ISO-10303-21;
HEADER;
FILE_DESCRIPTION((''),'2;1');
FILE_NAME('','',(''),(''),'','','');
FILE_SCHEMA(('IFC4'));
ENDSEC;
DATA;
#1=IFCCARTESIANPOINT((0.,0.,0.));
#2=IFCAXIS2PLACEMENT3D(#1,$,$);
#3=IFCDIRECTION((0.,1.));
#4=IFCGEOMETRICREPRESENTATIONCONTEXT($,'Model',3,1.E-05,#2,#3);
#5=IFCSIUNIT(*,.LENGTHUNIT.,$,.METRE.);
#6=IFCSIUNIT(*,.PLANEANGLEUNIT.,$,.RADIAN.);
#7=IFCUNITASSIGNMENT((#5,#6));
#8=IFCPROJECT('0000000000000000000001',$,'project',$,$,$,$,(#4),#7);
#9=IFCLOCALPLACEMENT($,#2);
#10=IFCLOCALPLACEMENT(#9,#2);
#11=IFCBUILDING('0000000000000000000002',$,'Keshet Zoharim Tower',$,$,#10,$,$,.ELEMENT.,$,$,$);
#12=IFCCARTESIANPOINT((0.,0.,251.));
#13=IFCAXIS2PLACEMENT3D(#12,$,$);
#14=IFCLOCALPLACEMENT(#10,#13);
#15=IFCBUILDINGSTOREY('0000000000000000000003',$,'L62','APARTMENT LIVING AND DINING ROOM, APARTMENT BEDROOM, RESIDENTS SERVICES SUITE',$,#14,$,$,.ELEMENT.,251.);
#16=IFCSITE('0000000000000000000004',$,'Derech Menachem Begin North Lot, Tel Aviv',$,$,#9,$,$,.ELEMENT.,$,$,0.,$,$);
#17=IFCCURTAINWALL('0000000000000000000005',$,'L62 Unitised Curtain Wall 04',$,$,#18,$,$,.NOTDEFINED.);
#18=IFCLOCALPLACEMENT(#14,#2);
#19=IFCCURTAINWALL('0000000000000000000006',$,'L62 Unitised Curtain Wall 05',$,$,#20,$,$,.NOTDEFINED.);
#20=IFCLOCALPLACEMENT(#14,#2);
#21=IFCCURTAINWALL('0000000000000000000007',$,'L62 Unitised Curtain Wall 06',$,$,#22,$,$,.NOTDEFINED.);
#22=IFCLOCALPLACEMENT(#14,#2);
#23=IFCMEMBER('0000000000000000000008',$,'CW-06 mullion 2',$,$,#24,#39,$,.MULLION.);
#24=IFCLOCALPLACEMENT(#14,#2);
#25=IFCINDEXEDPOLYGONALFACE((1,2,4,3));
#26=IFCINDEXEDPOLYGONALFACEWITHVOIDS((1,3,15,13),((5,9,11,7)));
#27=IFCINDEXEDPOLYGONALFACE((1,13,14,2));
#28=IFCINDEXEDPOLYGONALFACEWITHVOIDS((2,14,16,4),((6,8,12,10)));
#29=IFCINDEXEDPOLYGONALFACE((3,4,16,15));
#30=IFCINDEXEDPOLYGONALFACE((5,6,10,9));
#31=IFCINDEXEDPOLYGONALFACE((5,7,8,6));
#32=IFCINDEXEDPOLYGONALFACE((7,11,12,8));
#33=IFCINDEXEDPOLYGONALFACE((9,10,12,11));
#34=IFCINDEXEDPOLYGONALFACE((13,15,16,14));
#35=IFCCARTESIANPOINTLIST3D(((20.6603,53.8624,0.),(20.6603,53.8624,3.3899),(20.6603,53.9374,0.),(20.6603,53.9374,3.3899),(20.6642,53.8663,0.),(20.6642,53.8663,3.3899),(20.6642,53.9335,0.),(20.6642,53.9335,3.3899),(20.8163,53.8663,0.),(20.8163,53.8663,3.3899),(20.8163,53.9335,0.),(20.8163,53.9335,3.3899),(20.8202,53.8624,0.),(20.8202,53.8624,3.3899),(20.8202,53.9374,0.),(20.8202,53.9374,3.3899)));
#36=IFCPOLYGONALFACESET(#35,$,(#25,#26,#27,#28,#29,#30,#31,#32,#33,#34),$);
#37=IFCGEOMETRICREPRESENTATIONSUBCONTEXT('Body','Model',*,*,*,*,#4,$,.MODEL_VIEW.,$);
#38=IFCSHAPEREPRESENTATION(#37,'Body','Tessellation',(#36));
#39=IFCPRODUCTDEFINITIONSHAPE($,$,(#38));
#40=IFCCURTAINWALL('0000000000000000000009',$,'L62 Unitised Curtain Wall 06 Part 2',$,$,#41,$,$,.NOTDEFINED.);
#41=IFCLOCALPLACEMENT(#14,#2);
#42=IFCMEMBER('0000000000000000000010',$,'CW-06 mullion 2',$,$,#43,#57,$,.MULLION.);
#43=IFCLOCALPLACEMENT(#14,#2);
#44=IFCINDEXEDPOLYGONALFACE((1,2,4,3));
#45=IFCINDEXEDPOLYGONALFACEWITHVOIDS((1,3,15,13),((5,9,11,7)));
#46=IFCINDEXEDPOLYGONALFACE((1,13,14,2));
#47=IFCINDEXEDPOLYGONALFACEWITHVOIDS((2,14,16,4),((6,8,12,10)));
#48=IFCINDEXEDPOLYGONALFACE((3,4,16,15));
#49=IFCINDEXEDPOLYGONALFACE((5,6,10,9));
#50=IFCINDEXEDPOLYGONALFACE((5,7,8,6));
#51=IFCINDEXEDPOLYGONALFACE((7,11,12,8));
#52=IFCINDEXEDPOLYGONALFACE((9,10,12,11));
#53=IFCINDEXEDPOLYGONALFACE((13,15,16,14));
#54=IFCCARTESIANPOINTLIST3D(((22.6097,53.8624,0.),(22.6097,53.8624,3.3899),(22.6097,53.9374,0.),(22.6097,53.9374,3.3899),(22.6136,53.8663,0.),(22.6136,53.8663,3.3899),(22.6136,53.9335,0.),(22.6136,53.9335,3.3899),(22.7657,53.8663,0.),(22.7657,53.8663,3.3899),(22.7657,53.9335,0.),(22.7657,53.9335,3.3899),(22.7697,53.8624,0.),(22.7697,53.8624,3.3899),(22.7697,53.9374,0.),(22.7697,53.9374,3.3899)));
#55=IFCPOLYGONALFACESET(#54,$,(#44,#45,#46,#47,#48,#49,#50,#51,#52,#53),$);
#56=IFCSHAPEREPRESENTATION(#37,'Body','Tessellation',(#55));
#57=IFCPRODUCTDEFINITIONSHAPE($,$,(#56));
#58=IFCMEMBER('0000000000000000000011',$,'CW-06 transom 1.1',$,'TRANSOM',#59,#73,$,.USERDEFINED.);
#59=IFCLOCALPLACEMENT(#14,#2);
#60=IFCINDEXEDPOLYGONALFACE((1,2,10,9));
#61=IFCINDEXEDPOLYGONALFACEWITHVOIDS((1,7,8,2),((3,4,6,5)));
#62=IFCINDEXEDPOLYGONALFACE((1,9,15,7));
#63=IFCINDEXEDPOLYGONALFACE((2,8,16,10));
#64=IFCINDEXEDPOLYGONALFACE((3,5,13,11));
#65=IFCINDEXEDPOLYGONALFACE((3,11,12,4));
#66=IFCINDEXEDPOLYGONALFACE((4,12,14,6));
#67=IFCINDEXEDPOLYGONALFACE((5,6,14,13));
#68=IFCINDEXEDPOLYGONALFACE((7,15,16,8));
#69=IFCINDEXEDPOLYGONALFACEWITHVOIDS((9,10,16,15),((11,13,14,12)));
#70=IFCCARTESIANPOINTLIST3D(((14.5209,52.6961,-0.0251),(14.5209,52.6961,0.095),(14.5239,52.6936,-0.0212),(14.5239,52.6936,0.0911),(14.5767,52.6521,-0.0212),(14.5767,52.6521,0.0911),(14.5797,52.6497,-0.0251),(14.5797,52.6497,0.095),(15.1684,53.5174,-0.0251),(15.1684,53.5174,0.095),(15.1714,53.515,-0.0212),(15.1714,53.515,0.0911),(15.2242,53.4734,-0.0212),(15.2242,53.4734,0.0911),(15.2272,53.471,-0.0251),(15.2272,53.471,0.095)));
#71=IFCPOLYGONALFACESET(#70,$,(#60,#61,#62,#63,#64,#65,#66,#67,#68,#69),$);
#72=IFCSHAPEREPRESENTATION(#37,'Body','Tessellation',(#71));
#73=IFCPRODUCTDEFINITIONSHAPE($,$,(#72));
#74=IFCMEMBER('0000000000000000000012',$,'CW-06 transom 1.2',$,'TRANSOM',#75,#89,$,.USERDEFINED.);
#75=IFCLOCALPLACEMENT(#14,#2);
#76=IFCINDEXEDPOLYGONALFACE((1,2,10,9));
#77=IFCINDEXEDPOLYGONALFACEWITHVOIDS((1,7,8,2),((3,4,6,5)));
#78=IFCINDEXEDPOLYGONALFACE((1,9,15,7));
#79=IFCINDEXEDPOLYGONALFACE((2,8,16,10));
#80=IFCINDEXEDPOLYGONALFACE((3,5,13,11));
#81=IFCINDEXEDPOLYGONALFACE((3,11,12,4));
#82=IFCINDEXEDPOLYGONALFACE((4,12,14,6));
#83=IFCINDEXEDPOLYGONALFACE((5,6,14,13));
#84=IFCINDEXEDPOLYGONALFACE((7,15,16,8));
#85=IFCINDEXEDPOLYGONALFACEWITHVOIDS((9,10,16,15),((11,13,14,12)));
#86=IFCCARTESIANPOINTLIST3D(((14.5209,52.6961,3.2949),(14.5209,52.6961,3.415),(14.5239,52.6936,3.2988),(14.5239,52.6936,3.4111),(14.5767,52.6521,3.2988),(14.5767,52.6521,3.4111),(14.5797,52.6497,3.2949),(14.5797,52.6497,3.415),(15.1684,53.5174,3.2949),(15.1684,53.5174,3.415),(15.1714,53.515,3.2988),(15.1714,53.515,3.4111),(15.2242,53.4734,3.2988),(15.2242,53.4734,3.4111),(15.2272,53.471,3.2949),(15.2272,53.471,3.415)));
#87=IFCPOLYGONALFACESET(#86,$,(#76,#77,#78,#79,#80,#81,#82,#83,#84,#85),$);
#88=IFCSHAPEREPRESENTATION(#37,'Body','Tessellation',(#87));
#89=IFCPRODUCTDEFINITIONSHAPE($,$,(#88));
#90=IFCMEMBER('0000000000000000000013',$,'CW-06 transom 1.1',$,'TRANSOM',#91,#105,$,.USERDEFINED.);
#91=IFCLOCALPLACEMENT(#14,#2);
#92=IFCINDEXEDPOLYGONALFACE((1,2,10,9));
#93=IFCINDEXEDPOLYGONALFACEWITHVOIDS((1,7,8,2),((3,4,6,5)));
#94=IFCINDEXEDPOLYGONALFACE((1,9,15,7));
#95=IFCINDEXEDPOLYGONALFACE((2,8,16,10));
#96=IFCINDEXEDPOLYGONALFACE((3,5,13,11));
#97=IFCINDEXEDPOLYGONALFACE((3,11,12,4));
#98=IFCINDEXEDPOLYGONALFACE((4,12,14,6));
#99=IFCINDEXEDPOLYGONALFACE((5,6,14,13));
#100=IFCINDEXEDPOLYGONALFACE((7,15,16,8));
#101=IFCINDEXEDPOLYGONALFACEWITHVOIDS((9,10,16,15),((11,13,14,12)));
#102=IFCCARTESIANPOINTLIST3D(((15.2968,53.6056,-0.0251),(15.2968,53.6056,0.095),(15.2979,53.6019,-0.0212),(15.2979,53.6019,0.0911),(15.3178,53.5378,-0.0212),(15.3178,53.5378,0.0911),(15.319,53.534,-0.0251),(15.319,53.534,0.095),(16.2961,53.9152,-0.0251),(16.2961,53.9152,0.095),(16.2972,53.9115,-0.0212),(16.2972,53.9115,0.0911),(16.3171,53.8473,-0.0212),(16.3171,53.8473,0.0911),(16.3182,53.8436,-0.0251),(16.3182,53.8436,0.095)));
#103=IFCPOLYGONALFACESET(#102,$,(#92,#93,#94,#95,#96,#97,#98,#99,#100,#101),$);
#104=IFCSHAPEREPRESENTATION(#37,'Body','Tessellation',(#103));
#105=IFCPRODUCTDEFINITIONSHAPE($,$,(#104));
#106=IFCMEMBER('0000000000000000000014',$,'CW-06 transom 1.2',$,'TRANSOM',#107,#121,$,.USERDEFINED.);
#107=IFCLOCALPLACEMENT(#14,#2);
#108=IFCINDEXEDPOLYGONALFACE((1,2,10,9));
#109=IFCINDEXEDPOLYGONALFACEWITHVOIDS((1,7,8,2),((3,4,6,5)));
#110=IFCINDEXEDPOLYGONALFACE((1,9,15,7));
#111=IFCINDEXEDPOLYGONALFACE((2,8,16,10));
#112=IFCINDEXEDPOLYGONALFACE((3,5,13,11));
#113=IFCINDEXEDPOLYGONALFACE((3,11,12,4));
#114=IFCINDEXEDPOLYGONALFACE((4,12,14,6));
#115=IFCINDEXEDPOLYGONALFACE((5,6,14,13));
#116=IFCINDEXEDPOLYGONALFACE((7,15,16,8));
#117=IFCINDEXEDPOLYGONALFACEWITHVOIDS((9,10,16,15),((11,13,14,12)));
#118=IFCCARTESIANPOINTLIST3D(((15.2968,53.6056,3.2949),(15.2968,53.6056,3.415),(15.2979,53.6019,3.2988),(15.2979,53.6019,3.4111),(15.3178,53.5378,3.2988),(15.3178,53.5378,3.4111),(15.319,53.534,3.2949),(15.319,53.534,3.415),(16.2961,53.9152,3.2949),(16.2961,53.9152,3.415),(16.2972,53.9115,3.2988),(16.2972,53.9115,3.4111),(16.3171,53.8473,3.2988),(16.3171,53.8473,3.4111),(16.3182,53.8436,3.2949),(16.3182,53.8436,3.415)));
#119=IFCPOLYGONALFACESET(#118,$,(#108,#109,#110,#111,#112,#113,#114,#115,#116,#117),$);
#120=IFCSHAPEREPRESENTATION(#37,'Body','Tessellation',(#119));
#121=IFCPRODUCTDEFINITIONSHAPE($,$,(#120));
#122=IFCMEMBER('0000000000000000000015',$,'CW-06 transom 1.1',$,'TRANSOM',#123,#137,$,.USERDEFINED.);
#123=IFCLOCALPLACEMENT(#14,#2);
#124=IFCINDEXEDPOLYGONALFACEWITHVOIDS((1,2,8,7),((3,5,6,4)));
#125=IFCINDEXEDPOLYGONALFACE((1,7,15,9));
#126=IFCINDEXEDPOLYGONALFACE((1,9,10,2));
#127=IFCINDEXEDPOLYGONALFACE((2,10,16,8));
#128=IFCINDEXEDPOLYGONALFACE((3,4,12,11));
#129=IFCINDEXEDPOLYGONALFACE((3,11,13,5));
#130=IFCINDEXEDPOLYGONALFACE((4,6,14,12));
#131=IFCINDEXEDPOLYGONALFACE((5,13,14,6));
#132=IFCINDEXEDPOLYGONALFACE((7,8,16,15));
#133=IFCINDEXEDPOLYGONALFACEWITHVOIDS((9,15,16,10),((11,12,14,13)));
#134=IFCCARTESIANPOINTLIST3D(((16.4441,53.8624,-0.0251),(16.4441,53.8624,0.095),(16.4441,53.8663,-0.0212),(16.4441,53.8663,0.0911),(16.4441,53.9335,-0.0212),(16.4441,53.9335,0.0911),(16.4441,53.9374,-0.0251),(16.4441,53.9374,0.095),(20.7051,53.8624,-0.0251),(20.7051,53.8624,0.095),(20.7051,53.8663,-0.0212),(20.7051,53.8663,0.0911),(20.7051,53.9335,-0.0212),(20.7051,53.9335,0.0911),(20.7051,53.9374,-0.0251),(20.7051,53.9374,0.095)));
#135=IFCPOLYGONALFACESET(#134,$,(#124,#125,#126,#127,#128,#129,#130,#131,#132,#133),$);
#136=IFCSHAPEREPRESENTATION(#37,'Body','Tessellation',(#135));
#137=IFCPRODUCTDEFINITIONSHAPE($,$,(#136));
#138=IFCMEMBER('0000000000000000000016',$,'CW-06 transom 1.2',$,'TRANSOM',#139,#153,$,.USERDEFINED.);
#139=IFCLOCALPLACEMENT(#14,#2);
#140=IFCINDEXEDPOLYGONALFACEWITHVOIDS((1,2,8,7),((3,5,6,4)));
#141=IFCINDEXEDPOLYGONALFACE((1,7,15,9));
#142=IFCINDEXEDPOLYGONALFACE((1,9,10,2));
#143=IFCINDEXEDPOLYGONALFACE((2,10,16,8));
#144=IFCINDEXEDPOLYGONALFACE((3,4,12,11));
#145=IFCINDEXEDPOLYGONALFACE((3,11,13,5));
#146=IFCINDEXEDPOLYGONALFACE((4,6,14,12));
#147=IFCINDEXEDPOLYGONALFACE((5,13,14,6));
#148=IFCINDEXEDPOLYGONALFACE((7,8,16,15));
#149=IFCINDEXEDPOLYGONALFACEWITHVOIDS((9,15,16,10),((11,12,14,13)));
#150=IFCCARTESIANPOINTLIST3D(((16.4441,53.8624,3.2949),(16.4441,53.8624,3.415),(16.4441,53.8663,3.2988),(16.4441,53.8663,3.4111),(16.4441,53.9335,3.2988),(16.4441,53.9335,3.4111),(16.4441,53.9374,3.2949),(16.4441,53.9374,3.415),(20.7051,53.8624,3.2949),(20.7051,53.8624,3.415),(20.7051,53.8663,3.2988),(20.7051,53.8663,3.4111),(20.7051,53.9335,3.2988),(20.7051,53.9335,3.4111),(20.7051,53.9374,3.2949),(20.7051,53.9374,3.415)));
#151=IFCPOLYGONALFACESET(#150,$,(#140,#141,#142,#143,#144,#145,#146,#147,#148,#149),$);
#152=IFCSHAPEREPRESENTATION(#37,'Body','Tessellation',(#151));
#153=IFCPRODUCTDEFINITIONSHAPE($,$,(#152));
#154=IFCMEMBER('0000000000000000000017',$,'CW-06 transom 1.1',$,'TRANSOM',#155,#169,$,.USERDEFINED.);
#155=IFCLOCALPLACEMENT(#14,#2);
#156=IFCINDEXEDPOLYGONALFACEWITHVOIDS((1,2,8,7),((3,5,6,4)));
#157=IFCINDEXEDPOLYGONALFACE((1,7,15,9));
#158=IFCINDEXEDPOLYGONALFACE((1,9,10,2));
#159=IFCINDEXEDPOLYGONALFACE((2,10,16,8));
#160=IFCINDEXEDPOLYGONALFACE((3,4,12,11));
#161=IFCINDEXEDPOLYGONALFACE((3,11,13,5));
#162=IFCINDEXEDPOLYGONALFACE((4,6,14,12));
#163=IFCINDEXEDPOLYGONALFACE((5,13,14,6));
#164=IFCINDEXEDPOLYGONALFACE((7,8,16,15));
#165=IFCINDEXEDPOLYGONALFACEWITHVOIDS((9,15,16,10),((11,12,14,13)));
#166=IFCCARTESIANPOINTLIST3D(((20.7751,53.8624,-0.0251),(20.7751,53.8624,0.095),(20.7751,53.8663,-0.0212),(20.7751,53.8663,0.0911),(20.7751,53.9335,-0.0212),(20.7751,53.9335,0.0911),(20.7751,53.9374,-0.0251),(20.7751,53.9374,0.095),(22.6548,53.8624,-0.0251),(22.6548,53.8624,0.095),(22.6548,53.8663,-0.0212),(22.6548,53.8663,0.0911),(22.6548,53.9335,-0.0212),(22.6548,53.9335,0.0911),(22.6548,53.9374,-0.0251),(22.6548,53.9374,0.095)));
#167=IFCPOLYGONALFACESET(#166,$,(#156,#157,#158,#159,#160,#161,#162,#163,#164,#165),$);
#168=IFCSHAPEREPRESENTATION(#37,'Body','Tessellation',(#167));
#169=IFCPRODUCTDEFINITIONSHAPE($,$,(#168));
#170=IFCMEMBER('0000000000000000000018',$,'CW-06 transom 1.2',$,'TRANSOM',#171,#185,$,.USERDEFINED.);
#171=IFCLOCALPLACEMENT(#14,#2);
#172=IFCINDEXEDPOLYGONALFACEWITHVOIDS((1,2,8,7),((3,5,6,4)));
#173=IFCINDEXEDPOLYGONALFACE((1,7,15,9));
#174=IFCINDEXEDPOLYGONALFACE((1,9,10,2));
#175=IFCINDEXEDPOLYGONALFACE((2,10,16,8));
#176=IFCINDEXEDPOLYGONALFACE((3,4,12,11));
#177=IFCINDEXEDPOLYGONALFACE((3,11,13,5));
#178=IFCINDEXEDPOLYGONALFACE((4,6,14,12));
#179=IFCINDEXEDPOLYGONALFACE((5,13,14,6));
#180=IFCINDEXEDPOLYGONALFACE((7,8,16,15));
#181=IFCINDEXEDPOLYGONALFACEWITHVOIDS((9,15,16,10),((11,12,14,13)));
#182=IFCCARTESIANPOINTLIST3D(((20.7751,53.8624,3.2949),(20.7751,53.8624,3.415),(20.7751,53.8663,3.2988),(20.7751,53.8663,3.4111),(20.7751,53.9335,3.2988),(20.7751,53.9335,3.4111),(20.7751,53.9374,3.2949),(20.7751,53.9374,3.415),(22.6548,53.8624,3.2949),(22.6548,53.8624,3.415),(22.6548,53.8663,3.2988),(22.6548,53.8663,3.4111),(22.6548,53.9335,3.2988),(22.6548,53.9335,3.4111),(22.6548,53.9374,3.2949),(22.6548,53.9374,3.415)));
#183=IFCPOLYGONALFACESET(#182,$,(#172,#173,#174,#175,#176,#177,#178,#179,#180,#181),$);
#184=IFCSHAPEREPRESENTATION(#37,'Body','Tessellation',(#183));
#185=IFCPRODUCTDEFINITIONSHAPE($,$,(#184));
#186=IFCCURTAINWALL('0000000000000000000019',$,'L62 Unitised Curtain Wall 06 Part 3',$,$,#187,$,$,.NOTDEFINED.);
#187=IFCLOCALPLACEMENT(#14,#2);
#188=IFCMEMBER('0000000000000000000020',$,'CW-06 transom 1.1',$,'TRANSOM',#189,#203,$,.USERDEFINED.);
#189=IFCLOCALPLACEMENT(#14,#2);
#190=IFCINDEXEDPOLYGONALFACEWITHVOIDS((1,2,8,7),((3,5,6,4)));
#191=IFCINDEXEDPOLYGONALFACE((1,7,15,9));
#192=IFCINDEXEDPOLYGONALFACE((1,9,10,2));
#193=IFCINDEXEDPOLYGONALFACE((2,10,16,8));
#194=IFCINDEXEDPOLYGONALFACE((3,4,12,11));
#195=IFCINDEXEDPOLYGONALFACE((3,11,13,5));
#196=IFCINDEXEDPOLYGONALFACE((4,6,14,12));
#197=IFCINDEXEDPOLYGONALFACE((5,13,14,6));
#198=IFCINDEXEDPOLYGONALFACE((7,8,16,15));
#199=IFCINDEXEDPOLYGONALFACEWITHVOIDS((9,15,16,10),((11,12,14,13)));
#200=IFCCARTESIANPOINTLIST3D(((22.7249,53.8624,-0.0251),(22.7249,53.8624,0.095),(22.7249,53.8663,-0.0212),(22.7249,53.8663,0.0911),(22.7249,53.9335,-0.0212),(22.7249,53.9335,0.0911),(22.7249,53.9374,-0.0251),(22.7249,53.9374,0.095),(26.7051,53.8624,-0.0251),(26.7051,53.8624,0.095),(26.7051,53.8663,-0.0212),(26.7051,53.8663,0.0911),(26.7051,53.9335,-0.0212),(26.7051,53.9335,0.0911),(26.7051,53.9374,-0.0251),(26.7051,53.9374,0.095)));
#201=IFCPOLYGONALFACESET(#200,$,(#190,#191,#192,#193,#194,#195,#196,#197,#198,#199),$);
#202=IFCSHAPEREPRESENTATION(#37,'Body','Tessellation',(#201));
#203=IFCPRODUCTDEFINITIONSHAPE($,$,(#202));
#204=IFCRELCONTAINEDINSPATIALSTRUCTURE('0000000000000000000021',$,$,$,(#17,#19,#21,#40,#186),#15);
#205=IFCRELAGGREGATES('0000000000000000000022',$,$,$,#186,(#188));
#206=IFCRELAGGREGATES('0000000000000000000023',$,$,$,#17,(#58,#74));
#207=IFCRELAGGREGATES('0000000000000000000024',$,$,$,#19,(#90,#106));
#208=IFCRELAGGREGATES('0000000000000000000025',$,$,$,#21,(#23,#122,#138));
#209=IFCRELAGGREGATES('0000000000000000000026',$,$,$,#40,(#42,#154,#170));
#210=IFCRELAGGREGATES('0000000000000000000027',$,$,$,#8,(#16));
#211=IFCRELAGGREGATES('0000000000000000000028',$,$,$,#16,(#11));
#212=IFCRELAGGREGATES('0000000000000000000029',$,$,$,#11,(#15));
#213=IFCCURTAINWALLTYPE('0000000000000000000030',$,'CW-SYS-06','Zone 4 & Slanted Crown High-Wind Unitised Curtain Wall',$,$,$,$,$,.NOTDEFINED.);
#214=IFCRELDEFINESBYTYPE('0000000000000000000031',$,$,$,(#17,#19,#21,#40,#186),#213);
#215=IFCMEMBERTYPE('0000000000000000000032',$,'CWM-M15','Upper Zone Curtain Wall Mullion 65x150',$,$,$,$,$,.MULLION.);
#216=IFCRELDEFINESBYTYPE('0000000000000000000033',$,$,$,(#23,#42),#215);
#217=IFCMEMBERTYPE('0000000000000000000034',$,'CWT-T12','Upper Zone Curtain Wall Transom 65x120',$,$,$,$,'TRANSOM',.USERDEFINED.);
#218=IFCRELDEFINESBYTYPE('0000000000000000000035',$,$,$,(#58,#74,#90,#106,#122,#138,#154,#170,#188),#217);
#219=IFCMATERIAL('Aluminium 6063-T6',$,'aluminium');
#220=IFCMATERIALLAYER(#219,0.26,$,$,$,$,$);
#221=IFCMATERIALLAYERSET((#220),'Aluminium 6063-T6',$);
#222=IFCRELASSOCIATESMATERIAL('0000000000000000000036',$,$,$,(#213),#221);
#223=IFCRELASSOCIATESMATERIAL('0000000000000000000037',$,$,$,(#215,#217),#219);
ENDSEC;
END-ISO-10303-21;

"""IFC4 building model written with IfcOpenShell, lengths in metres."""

from ifc_helpers import new_model, si_unit, direction, frame, origin, origin_2d, place, context, subcontext, project, spatial, hollow_rectangle, extrude, material, layer, layer_set, material_profile, profile_set, type_object, element, aggregate, save


model = new_model("IFC4")

# Units and contexts
model_context = context("Model", 3, precision=1e-05, world=origin(), true_north=direction((0.0, 1.0)))
body_context = subcontext(model_context, "Body", "Model", "MODEL_VIEW")
ifc_project = project(units=[si_unit("LENGTHUNIT", "METRE"), si_unit("PLANEANGLEUNIT", "RADIAN")], contexts=[model_context])

# Site, building, storey
site_placement = place(None, origin())
site = spatial("IfcSite", under=ifc_project, at=site_placement, Name="Derech Menachem Begin North Lot, Tel Aviv", CompositionType="ELEMENT", RefElevation=0.0)
building_placement = place(site_placement, origin())
building = spatial("IfcBuilding", under=site, at=building_placement, Name="Keshet Zoharim Tower", CompositionType="ELEMENT")
storey_placement = place(building_placement, frame((0.0, 0.0, 251.0)))
storey = spatial("IfcBuildingStorey", under=building, at=storey_placement, Name="L62", Description="APARTMENT LIVING AND DINING ROOM, APARTMENT BEDROOM, RESIDENTS SERVICES SUITE", CompositionType="ELEMENT", Elevation=251.0)

# Curtain walls, member
ifc_material_1 = material(Name="Aluminium 6063-T6", Category="aluminium")
ifc_layer_1 = layer(ifc_material_1, 0.26)
ifc_layer_set_1 = layer_set([ifc_layer_1], Name="Aluminium 6063-T6")
curtain_wall_type = type_object("IfcCurtainWallType", Name="CW-SYS-06", Description="Zone 4 & Slanted Crown High-Wind Unitised Curtain Wall", PredefinedType="NOTDEFINED", material=ifc_layer_set_1)
curtain_wall_1_placement = place(storey_placement, origin())
curtain_wall_1 = element("IfcCurtainWall", 1, at=curtain_wall_1_placement, inside=storey, type_object=curtain_wall_type, Name="L62 Unitised Curtain Wall 04", PredefinedType="NOTDEFINED")
ifc_material_profile_1 = material_profile(ifc_material_1, hollow_rectangle(XDim=0.075, YDim=0.1599, WallThickness=0.0039, at=origin_2d()), Name="MUL-75x160")
ifc_profile_set_1 = profile_set([ifc_material_profile_1], Name="Aluminium 6063-T6")
member_type_1 = type_object("IfcMemberType", Name="CWM-M15", Description="Upper Zone Curtain Wall Mullion 65x150", PredefinedType="MULLION", material=ifc_profile_set_1)
curtain_wall_2_placement = place(storey_placement, origin())
curtain_wall_2 = element("IfcCurtainWall", 2, at=curtain_wall_2_placement, inside=storey, type_object=curtain_wall_type, Name="L62 Unitised Curtain Wall 05", PredefinedType="NOTDEFINED")
curtain_wall_3_placement = place(storey_placement, origin())
curtain_wall_3 = element("IfcCurtainWall", 3, at=curtain_wall_3_placement, inside=storey, type_object=curtain_wall_type, Name="L62 Unitised Curtain Wall 06", PredefinedType="NOTDEFINED")
member_1_placement = place(storey_placement, frame((20.7402, 53.8999, 0.0), z_axis=(0.0, 0.0, 1.0), x_axis=(0.0, 1.0, 0.0)))
member_1 = element("IfcMember", 4, at=member_1_placement, type_object=member_type_1, Name="CW-06 mullion 2", PredefinedType="MULLION", context=body_context, shape_type="SweptSolid", body=[
    extrude(hollow_rectangle(XDim=0.075, YDim=0.1599, WallThickness=0.0039, at=origin_2d()), origin(), (0.0, 0.0, 1.0), 3.3899),
])

# Curtain wall, member
curtain_wall_4_placement = place(storey_placement, origin())
curtain_wall_4 = element("IfcCurtainWall", 5, at=curtain_wall_4_placement, inside=storey, type_object=curtain_wall_type, Name="L62 Unitised Curtain Wall 06 Part 2", PredefinedType="NOTDEFINED")
member_2_placement = place(storey_placement, frame((22.6897, 53.8999, 0.0), z_axis=(0.0, 0.0, 1.0), x_axis=(0.0, 1.0, 0.0)))
member_2 = element("IfcMember", 6, at=member_2_placement, type_object=member_type_1, Name="CW-06 mullion 2", PredefinedType="MULLION", context=body_context, shape_type="SweptSolid", body=[
    extrude(hollow_rectangle(XDim=0.075, YDim=0.1599, WallThickness=0.0039, at=origin_2d()), origin(), (0.0, 0.0, 1.0), 3.3899),
])

# Members
ifc_material_profile_2 = material_profile(ifc_material_1, hollow_rectangle(XDim=0.075, YDim=0.1201, WallThickness=0.0039, at=origin_2d()), Name="TRN-75x120")
ifc_profile_set_2 = profile_set([ifc_material_profile_2], Name="Aluminium 6063-T6")
member_type_2 = type_object("IfcMemberType", Name="CWT-T12", Description="Upper Zone Curtain Wall Transom 65x120", ElementType="TRANSOM", PredefinedType="USERDEFINED", material=ifc_profile_set_2)
member_3_placement = place(storey_placement, frame((14.5503, 52.6729, 0.0349), z_axis=(0.619099, 0.785313, 0.0), x_axis=(-0.785313, 0.619099, 0.0)))
member_3 = element("IfcMember", 7, at=member_3_placement, type_object=member_type_2, Name="CW-06 transom 1.1", ObjectType="TRANSOM", PredefinedType="USERDEFINED", context=body_context, shape_type="SweptSolid", body=[
    extrude(hollow_rectangle(XDim=0.075, YDim=0.1201, WallThickness=0.0039, at=origin_2d()), origin(), (0.0, 0.0, 1.0), 1.0459),
])
member_4_placement = place(storey_placement, frame((14.5503, 52.6729, 3.355), z_axis=(0.619099, 0.785313, 0.0), x_axis=(-0.785313, 0.619099, 0.0)))
member_4 = element("IfcMember", 8, at=member_4_placement, type_object=member_type_2, Name="CW-06 transom 1.2", ObjectType="TRANSOM", PredefinedType="USERDEFINED", context=body_context, shape_type="SweptSolid", body=[
    extrude(hollow_rectangle(XDim=0.075, YDim=0.1201, WallThickness=0.0039, at=origin_2d()), origin(), (0.0, 0.0, 1.0), 1.0459),
])
member_5_placement = place(storey_placement, frame((15.3079, 53.5698, 0.0349), z_axis=(0.955212, 0.295922, 0.0), x_axis=(-0.295922, 0.955212, 0.0)))
member_5 = element("IfcMember", 9, at=member_5_placement, type_object=member_type_2, Name="CW-06 transom 1.1", ObjectType="TRANSOM", PredefinedType="USERDEFINED", context=body_context, shape_type="SweptSolid", body=[
    extrude(hollow_rectangle(XDim=0.075, YDim=0.1201, WallThickness=0.0039, at=origin_2d()), origin(), (0.0, 0.0, 1.0), 1.0461),
])
member_6_placement = place(storey_placement, frame((15.3079, 53.5698, 3.355), z_axis=(0.955212, 0.295922, 0.0), x_axis=(-0.295922, 0.955212, 0.0)))
member_6 = element("IfcMember", 10, at=member_6_placement, type_object=member_type_2, Name="CW-06 transom 1.2", ObjectType="TRANSOM", PredefinedType="USERDEFINED", context=body_context, shape_type="SweptSolid", body=[
    extrude(hollow_rectangle(XDim=0.075, YDim=0.1201, WallThickness=0.0039, at=origin_2d()), origin(), (0.0, 0.0, 1.0), 1.0461),
])
member_7_placement = place(storey_placement, frame((16.4441, 53.8999, 0.0349), z_axis=(1.0, 0.0, 0.0), x_axis=(0.0, 1.0, 0.0)))
member_7 = element("IfcMember", 11, at=member_7_placement, type_object=member_type_2, Name="CW-06 transom 1.1", ObjectType="TRANSOM", PredefinedType="USERDEFINED", context=body_context, shape_type="SweptSolid", body=[
    extrude(hollow_rectangle(XDim=0.075, YDim=0.1201, WallThickness=0.0039, at=origin_2d()), origin(), (0.0, 0.0, 1.0), 4.261),
])
member_8_placement = place(storey_placement, frame((16.4441, 53.8999, 3.355), z_axis=(1.0, 0.0, 0.0), x_axis=(0.0, 1.0, 0.0)))
member_8 = element("IfcMember", 12, at=member_8_placement, type_object=member_type_2, Name="CW-06 transom 1.2", ObjectType="TRANSOM", PredefinedType="USERDEFINED", context=body_context, shape_type="SweptSolid", body=[
    extrude(hollow_rectangle(XDim=0.075, YDim=0.1201, WallThickness=0.0039, at=origin_2d()), origin(), (0.0, 0.0, 1.0), 4.261),
])
member_9_placement = place(storey_placement, frame((20.7751, 53.8999, 0.0349), z_axis=(1.0, 0.0, 0.0), x_axis=(0.0, 1.0, 0.0)))
member_9 = element("IfcMember", 13, at=member_9_placement, type_object=member_type_2, Name="CW-06 transom 1.1", ObjectType="TRANSOM", PredefinedType="USERDEFINED", context=body_context, shape_type="SweptSolid", body=[
    extrude(hollow_rectangle(XDim=0.075, YDim=0.1201, WallThickness=0.0039, at=origin_2d()), origin(), (0.0, 0.0, 1.0), 1.8796),
])
member_10_placement = place(storey_placement, frame((20.7751, 53.8999, 3.355), z_axis=(1.0, 0.0, 0.0), x_axis=(0.0, 1.0, 0.0)))
member_10 = element("IfcMember", 14, at=member_10_placement, type_object=member_type_2, Name="CW-06 transom 1.2", ObjectType="TRANSOM", PredefinedType="USERDEFINED", context=body_context, shape_type="SweptSolid", body=[
    extrude(hollow_rectangle(XDim=0.075, YDim=0.1201, WallThickness=0.0039, at=origin_2d()), origin(), (0.0, 0.0, 1.0), 1.8796),
])

# Curtain wall, member
curtain_wall_5_placement = place(storey_placement, origin())
curtain_wall_5 = element("IfcCurtainWall", 15, at=curtain_wall_5_placement, inside=storey, type_object=curtain_wall_type, Name="L62 Unitised Curtain Wall 06 Part 3", PredefinedType="NOTDEFINED")
member_11_placement = place(storey_placement, frame((22.7249, 53.8999, 0.0349), z_axis=(1.0, 0.0, 0.0), x_axis=(0.0, 1.0, 0.0)))
member_11 = element("IfcMember", 16, at=member_11_placement, type_object=member_type_2, Name="CW-06 transom 1.1", ObjectType="TRANSOM", PredefinedType="USERDEFINED", context=body_context, shape_type="SweptSolid", body=[
    extrude(hollow_rectangle(XDim=0.075, YDim=0.1201, WallThickness=0.0039, at=origin_2d()), origin(), (0.0, 0.0, 1.0), 3.9802),
])
aggregate(curtain_wall_5, [member_11])

aggregate(curtain_wall_1, [member_3, member_4])
aggregate(curtain_wall_2, [member_5, member_6])
aggregate(curtain_wall_3, [member_1, member_7, member_8])
aggregate(curtain_wall_4, [member_2, member_9, member_10])

save(model, "model.ifc")
